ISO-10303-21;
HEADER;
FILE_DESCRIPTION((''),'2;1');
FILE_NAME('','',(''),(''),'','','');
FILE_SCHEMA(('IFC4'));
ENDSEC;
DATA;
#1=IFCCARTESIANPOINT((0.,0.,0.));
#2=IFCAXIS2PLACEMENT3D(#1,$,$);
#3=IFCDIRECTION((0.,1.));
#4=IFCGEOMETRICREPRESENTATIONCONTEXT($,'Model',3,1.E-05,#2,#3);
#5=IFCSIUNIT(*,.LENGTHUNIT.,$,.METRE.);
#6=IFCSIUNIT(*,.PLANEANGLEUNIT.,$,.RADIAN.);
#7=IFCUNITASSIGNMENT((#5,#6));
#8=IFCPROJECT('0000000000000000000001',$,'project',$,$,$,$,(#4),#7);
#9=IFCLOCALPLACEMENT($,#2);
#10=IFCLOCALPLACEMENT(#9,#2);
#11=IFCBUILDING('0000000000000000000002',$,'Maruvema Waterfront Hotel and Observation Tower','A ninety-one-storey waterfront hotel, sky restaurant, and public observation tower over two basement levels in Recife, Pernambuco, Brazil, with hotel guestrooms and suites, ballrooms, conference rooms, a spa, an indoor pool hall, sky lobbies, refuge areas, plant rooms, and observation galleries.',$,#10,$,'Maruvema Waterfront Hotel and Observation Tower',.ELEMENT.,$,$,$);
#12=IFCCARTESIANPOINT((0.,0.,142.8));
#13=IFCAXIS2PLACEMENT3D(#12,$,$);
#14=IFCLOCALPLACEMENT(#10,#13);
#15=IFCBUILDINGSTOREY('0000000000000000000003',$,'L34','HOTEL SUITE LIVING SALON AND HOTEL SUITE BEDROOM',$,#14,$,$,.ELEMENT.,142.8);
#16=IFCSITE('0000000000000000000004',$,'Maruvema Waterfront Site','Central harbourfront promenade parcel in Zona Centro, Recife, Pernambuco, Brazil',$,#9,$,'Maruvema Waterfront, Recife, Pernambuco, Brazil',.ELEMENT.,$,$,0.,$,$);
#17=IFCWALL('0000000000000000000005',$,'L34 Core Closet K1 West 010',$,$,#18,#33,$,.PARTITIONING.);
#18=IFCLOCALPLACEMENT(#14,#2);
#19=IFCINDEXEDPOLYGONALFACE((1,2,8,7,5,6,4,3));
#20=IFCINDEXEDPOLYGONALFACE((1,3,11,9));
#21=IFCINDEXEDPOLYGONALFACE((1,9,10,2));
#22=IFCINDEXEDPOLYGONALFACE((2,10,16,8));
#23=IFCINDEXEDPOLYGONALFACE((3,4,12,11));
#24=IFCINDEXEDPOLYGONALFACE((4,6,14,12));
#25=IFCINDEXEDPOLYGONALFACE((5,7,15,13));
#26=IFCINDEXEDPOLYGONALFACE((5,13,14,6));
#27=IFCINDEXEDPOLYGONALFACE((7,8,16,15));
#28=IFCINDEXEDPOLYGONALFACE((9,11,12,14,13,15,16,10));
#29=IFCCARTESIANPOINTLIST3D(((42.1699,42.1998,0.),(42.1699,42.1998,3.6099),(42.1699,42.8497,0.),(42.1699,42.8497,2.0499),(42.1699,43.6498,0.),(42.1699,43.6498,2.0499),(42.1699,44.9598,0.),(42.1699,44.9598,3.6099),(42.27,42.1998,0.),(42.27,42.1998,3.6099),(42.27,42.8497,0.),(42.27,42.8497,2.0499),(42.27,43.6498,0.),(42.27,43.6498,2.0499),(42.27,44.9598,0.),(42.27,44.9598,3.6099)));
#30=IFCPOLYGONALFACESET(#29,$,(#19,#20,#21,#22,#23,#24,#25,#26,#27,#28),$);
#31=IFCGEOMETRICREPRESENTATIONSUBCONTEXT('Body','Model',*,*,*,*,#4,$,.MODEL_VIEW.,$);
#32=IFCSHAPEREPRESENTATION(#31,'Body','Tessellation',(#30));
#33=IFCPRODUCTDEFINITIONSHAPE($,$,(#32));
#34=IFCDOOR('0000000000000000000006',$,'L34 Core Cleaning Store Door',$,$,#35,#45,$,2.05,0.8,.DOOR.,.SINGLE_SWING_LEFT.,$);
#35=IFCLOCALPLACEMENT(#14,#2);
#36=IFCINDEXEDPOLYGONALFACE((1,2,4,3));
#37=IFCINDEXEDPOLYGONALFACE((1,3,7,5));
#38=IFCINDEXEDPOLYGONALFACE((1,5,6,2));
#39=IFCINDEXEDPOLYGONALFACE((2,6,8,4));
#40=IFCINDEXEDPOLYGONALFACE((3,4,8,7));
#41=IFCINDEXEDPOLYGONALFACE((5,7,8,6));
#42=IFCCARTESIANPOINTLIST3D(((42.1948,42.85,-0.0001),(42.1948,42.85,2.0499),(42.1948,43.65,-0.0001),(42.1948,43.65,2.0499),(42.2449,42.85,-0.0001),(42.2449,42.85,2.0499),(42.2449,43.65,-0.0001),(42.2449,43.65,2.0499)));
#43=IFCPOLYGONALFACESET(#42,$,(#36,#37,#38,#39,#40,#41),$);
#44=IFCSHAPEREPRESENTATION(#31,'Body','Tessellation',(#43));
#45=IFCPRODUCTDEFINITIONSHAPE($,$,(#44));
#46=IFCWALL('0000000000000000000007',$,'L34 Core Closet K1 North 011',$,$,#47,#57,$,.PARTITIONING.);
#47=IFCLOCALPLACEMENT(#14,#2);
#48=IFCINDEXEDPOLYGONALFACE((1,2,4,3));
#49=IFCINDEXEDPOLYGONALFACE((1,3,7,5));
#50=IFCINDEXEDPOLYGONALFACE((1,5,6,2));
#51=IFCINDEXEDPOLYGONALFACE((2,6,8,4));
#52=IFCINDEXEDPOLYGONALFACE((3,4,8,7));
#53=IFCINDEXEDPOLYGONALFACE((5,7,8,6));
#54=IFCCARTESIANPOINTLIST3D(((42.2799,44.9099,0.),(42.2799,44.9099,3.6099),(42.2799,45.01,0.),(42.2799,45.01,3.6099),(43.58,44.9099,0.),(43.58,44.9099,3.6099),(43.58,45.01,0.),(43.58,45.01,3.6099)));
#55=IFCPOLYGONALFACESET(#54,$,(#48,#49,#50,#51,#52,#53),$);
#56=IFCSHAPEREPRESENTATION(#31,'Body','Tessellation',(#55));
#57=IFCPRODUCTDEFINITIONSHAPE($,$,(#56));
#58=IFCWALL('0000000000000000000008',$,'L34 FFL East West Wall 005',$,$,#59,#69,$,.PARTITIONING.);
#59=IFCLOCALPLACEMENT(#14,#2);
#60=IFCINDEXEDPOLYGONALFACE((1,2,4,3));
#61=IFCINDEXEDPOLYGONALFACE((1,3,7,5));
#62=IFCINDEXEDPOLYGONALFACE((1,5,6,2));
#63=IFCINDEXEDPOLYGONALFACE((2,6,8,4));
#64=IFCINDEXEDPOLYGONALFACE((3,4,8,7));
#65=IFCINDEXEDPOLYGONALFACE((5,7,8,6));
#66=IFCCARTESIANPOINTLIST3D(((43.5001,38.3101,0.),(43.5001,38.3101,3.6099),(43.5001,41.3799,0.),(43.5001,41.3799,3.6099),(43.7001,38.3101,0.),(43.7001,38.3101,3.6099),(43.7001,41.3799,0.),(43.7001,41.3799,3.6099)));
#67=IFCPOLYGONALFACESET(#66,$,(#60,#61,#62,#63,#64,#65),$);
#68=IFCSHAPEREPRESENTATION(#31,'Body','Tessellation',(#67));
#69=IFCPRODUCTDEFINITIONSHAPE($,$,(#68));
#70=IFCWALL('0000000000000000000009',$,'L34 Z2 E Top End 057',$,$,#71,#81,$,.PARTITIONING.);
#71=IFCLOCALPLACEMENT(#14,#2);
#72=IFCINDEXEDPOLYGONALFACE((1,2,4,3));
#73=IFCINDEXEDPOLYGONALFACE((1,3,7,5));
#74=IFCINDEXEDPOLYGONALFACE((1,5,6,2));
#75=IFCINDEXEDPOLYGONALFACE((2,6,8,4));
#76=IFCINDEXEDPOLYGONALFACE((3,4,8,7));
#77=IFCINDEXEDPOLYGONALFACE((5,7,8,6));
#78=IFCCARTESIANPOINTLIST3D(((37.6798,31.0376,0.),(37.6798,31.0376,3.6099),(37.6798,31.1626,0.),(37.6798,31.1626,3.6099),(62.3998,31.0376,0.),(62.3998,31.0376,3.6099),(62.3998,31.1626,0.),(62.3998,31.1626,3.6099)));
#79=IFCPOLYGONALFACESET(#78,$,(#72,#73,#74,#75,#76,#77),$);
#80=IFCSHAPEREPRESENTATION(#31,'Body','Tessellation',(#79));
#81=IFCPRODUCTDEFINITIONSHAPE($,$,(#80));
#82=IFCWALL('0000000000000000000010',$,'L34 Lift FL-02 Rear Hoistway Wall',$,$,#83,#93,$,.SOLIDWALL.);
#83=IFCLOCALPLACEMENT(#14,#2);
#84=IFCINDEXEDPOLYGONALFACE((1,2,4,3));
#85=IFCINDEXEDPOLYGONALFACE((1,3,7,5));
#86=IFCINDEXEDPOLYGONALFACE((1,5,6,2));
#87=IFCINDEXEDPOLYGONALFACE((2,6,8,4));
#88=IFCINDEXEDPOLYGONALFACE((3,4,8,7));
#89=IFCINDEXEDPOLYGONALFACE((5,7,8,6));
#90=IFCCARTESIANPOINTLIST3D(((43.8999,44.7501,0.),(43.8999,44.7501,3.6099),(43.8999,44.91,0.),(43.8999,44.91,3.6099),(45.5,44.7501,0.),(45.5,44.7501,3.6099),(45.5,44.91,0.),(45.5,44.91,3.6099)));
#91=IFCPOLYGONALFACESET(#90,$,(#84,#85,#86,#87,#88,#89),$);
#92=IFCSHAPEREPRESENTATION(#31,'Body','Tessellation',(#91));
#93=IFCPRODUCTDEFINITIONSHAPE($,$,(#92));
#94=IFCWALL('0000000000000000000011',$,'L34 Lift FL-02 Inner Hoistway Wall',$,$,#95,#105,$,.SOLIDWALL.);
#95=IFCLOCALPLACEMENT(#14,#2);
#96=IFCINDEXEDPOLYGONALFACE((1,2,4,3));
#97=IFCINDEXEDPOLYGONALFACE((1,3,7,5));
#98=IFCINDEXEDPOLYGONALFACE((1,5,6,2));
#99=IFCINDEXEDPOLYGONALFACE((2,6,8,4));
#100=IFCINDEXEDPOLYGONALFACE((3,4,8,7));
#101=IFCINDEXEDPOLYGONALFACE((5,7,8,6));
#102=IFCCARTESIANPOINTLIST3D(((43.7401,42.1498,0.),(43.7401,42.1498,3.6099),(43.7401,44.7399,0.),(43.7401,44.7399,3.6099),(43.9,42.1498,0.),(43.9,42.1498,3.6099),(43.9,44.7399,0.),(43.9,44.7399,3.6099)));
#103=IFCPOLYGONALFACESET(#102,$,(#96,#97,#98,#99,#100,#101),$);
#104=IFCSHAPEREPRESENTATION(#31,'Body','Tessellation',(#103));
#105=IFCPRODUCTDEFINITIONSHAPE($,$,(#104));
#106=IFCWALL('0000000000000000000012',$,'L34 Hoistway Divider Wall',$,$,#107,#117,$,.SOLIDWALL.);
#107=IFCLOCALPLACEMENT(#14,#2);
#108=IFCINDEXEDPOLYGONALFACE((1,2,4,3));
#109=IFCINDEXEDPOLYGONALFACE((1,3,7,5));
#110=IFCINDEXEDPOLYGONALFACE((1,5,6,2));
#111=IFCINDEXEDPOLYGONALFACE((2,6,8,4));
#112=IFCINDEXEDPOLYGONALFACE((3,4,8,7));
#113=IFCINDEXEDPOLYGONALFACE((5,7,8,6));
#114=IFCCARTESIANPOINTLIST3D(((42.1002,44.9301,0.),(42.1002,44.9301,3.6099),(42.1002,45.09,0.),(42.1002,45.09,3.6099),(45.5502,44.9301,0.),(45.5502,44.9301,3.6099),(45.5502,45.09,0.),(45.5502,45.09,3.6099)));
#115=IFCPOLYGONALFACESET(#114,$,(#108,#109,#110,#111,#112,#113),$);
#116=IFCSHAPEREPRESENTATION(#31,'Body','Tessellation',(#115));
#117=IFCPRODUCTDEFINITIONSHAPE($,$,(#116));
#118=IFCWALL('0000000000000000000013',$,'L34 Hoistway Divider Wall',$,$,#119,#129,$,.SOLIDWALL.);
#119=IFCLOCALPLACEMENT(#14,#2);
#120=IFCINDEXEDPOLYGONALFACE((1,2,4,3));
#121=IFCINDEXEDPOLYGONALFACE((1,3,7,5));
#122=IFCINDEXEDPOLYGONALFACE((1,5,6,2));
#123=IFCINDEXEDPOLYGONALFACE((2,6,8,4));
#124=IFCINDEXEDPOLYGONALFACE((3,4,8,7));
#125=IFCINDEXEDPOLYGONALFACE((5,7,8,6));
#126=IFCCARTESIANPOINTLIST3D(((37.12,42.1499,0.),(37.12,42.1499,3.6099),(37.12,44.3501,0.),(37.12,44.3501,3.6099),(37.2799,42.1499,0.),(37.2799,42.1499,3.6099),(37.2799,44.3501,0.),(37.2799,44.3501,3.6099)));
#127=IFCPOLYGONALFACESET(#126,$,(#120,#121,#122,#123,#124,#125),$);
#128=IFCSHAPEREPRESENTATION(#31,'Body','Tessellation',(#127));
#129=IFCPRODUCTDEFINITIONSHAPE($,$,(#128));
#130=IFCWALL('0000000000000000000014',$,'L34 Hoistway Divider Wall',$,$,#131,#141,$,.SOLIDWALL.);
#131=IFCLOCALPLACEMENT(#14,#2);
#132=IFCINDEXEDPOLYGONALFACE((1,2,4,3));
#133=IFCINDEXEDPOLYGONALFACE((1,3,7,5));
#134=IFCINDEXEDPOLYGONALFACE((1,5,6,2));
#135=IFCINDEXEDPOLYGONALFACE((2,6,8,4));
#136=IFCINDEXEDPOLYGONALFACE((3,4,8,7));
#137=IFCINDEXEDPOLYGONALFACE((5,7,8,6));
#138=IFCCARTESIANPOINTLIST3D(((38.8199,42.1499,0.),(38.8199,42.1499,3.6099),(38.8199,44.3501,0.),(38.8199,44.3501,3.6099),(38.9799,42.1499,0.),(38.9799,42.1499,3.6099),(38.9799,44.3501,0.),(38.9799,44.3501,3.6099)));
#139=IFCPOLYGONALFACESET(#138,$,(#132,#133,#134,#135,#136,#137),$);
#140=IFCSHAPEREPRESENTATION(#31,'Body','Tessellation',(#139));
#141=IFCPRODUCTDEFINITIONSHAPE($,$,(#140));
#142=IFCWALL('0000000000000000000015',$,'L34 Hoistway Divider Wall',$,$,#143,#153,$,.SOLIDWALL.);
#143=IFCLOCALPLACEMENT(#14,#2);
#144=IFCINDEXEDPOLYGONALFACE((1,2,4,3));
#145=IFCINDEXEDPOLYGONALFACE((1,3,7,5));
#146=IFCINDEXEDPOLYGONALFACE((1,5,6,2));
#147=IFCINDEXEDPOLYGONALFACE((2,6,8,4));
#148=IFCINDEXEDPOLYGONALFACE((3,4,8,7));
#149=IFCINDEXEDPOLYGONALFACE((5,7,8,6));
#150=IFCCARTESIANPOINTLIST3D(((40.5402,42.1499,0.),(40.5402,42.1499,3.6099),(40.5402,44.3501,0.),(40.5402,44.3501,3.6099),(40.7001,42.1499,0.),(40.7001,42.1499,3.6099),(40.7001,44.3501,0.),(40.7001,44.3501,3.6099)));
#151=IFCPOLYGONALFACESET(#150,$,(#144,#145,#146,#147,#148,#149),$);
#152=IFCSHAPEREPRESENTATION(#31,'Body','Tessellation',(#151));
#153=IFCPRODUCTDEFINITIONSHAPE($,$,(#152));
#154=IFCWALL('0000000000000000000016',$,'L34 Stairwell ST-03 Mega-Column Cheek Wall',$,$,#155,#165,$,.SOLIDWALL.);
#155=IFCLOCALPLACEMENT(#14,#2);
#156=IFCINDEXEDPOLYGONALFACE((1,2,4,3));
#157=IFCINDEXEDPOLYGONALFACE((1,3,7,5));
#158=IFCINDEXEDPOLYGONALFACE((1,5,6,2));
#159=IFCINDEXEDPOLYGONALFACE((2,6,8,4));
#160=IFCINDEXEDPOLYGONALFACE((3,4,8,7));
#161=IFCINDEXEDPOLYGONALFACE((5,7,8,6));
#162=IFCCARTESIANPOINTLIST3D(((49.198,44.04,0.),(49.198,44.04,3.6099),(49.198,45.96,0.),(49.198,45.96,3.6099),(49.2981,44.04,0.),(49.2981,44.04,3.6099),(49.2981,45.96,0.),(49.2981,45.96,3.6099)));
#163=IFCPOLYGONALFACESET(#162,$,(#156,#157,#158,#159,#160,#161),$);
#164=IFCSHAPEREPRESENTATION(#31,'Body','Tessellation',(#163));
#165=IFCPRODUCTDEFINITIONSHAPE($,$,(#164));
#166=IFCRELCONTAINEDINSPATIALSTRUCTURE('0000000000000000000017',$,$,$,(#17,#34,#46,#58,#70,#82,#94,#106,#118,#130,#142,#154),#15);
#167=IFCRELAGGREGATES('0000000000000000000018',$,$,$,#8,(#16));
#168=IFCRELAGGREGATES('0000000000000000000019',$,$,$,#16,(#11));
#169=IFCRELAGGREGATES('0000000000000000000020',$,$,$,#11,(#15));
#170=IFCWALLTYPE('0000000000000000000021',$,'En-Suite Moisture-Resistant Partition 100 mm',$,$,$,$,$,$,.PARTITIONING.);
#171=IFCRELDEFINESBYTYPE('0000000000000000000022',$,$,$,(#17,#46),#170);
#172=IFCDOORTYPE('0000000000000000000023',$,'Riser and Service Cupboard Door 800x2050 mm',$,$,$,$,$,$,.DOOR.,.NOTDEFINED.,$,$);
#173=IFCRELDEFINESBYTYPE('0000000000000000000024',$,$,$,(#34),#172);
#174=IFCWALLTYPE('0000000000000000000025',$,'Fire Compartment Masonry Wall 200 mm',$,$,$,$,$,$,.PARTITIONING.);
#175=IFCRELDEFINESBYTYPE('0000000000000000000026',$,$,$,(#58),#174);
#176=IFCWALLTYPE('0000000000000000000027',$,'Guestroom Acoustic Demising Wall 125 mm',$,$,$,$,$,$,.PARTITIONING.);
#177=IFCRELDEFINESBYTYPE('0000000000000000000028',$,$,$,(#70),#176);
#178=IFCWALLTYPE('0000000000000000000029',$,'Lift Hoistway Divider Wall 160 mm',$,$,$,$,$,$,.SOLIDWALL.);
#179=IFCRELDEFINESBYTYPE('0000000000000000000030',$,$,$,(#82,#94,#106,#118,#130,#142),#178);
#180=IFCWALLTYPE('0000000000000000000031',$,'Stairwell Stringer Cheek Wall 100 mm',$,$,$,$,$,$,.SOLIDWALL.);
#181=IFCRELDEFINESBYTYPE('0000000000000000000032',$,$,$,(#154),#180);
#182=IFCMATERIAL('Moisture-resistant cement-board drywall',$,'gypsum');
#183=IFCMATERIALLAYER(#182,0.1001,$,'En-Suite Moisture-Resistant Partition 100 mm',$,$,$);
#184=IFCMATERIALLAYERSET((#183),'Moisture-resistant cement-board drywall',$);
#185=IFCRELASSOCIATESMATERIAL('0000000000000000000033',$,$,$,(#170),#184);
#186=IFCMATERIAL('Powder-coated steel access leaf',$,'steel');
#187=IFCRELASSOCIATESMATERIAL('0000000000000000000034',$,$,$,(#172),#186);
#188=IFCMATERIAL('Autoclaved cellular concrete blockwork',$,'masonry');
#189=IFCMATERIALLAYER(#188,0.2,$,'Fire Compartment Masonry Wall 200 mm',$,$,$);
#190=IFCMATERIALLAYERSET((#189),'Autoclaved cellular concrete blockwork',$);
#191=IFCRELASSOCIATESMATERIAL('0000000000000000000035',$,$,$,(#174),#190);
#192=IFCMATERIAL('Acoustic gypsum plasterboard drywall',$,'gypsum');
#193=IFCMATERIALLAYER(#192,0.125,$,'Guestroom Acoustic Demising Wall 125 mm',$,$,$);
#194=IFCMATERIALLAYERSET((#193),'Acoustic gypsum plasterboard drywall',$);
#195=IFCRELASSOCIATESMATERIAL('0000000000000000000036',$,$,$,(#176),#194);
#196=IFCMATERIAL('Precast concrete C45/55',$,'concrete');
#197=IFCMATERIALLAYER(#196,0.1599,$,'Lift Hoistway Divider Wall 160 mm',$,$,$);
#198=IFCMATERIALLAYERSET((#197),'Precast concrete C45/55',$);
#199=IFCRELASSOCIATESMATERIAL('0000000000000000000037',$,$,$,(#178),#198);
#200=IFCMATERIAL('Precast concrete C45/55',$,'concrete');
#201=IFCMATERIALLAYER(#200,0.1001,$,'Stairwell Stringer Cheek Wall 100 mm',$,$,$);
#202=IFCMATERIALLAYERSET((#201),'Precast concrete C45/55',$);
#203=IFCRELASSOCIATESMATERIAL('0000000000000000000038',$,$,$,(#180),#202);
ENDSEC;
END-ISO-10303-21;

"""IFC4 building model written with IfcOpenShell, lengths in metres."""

from ifc_helpers import new_model, si_unit, direction, frame, frame_2d, origin, place, context, subcontext, project, spatial, rectangle, extrude, material, layer, layer_set, type_object, element, fill, save


model = new_model("IFC4")

# Units and contexts
model_context = context("Model", 3, precision=1e-05, world=origin(), true_north=direction((0.0, 1.0)))
body_context = subcontext(model_context, "Body", "Model", "MODEL_VIEW")
ifc_project = project(units=[si_unit("LENGTHUNIT", "METRE"), si_unit("PLANEANGLEUNIT", "RADIAN")], contexts=[model_context])

# Site, building, storey
site_placement = place(None, origin())
site = spatial("IfcSite", under=ifc_project, at=site_placement, Name="Maruvema Waterfront Site", Description="Central harbourfront promenade parcel in Zona Centro, Recife, Pernambuco, Brazil", LongName="Maruvema Waterfront, Recife, Pernambuco, Brazil", CompositionType="ELEMENT", RefElevation=0.0)
building_placement = place(site_placement, origin())
building = spatial("IfcBuilding", under=site, at=building_placement, Name="Maruvema Waterfront Hotel and Observation Tower", Description="A ninety-one-storey waterfront hotel, sky restaurant, and public observation tower over two basement levels in Recife, Pernambuco, Brazil, with hotel guestrooms and suites, ballrooms, conference rooms, a spa, an indoor pool hall, sky lobbies, refuge areas, plant rooms, and observation galleries.", LongName="Maruvema Waterfront Hotel and Observation Tower", CompositionType="ELEMENT")
storey_placement = place(building_placement, frame((0.0, 0.0, 142.8)))
storey = spatial("IfcBuildingStorey", under=building, at=storey_placement, Name="L34", Description="HOTEL SUITE LIVING SALON AND HOTEL SUITE BEDROOM", CompositionType="ELEMENT", Elevation=142.8)

# Wall, opening, door
ifc_material_1 = material(Name="Moisture-resistant cement-board drywall", Category="gypsum")
ifc_layer_1 = layer(ifc_material_1, 0.1001, Name="En-Suite Moisture-Resistant Partition 100 mm")
ifc_layer_set_1 = layer_set([ifc_layer_1], Name="Moisture-resistant cement-board drywall")
wall_type_1 = type_object("IfcWallType", Name="En-Suite Moisture-Resistant Partition 100 mm", PredefinedType="PARTITIONING", material=ifc_layer_set_1)
wall_1_placement = place(storey_placement, frame((42.22, 42.2, 0.0), z_axis=(0.0, 0.0, 1.0), x_axis=(0.0, 1.0, 0.0)))
wall_1 = element("IfcWall", 1, at=wall_1_placement, inside=storey, type_object=wall_type_1, Name="L34 Core Closet K1 West 010", PredefinedType="PARTITIONING", context=body_context, shape_type="SweptSolid", body=[
    extrude(rectangle(XDim=2.76, YDim=0.1001, at=frame_2d((1.3799, 0.0))), origin(), (0.0, 0.0, 1.0), 3.6099),
])
opening_1_placement = place(wall_1_placement, frame((0.6499, 0.0, 0.0)))
opening_1 = element("IfcOpeningElement", 2, at=opening_1_placement, cuts=wall_1, PredefinedType="OPENING", context=body_context, shape_type="SweptSolid", body=[
    extrude(rectangle(XDim=0.8, YDim=2.05, at=frame_2d((0.3999, 1.0249))), frame((0.0, 0.0601, 0.0), z_axis=(0.0, -1.0, 0.0), x_axis=(1.0, 0.0, 0.0)), (0.0, 0.0, 1.0), 0.1201),
])
ifc_material_2 = material(Name="Powder-coated steel access leaf", Category="steel")
door_type_1 = type_object("IfcDoorType", Name="Riser and Service Cupboard Door 800x2050 mm", OperationType="NOTDEFINED", PredefinedType="DOOR", material=ifc_material_2)
door_1_placement = place(opening_1_placement, frame((0.8, 0.0, 0.0), z_axis=(0.0, 0.0, 1.0), x_axis=(-1.0, 0.0, 0.0)))
door_1 = element("IfcDoor", 3, at=door_1_placement, inside=storey, type_object=door_type_1, Name="L34 Core Cleaning Store Door", OperationType="SINGLE_SWING_LEFT", OverallHeight=2.05, OverallWidth=0.8, PredefinedType="DOOR", context=body_context, shape_type="SweptSolid", body=[
    extrude(rectangle(XDim=0.8, YDim=2.05, at=frame_2d((0.3999, 1.0249))), frame((0.0, 0.0249, 0.0), z_axis=(0.0, -1.0, 0.0), x_axis=(1.0, 0.0, 0.0)), (0.0, 0.0, 1.0), 0.05),
])
fill(opening_1, door_1)

# Wall
wall_2_placement = place(storey_placement, frame((42.28, 44.96, 0.0), z_axis=(0.0, 0.0, 1.0), x_axis=(1.0, 0.0, 0.0)))
element("IfcWall", 4, at=wall_2_placement, inside=storey, type_object=wall_type_1, Name="L34 Core Closet K1 North 011", PredefinedType="PARTITIONING", context=body_context, shape_type="SweptSolid", body=[
    extrude(rectangle(XDim=1.3, YDim=0.1001, at=frame_2d((0.6499, 0.0))), origin(), (0.0, 0.0, 1.0), 3.6099),
])

# Shared definitions
ifc_material_3 = material(Name="Autoclaved cellular concrete blockwork", Category="masonry")
ifc_layer_2 = layer(ifc_material_3, 0.2, Name="Fire Compartment Masonry Wall 200 mm")
ifc_layer_set_2 = layer_set([ifc_layer_2], Name="Autoclaved cellular concrete blockwork")
wall_type_2 = type_object("IfcWallType", Name="Fire Compartment Masonry Wall 200 mm", PredefinedType="PARTITIONING", material=ifc_layer_set_2)

# Walls
wall_3_placement = place(storey_placement, frame((43.6001, 38.3101, 0.0), z_axis=(0.0, 0.0, 1.0), x_axis=(0.0, 1.0, 0.0)))
element("IfcWall", 5, at=wall_3_placement, inside=storey, type_object=wall_type_2, Name="L34 FFL East West Wall 005", PredefinedType="PARTITIONING", context=body_context, shape_type="SweptSolid", body=[
    extrude(rectangle(XDim=3.0698, YDim=0.2, at=frame_2d((1.5349, 0.0))), origin(), (0.0, 0.0, 1.0), 3.6099),
])
ifc_material_4 = material(Name="Acoustic gypsum plasterboard drywall", Category="gypsum")
ifc_layer_3 = layer(ifc_material_4, 0.125, Name="Guestroom Acoustic Demising Wall 125 mm")
ifc_layer_set_3 = layer_set([ifc_layer_3], Name="Acoustic gypsum plasterboard drywall")
wall_type_3 = type_object("IfcWallType", Name="Guestroom Acoustic Demising Wall 125 mm", PredefinedType="PARTITIONING", material=ifc_layer_set_3)
wall_4_placement = place(storey_placement, frame((37.6799, 31.1001, 0.0), z_axis=(0.0, 0.0, 1.0), x_axis=(1.0, 0.0, 0.0)))
element("IfcWall", 6, at=wall_4_placement, inside=storey, type_object=wall_type_3, Name="L34 Z2 E Top End 057", PredefinedType="PARTITIONING", context=body_context, shape_type="SweptSolid", body=[
    extrude(rectangle(XDim=24.72, YDim=0.125, at=frame_2d((12.3599, 0.0))), origin(), (0.0, 0.0, 1.0), 3.6099),
])
ifc_material_5 = material(Name="Precast concrete C45/55", Category="concrete")
ifc_layer_4 = layer(ifc_material_5, 0.1599, Name="Lift Hoistway Divider Wall 160 mm")
ifc_layer_set_4 = layer_set([ifc_layer_4], Name="Precast concrete C45/55")
wall_type_4 = type_object("IfcWallType", Name="Lift Hoistway Divider Wall 160 mm", PredefinedType="SOLIDWALL", material=ifc_layer_set_4)
wall_5_placement = place(storey_placement, frame((43.8999, 44.8301, 0.0), z_axis=(0.0, 0.0, 1.0), x_axis=(1.0, 0.0, 0.0)))
element("IfcWall", 7, at=wall_5_placement, inside=storey, type_object=wall_type_4, Name="L34 Lift FL-02 Rear Hoistway Wall", PredefinedType="SOLIDWALL", context=body_context, shape_type="SweptSolid", body=[
    extrude(rectangle(XDim=1.6001, YDim=0.1599, at=frame_2d((0.8, 0.0))), origin(), (0.0, 0.0, 1.0), 3.6099),
])
wall_6_placement = place(storey_placement, frame((43.8201, 42.1499, 0.0), z_axis=(0.0, 0.0, 1.0), x_axis=(0.0, 1.0, 0.0)))
element("IfcWall", 8, at=wall_6_placement, inside=storey, type_object=wall_type_4, Name="L34 Lift FL-02 Inner Hoistway Wall", PredefinedType="SOLIDWALL", context=body_context, shape_type="SweptSolid", body=[
    extrude(rectangle(XDim=2.5901, YDim=0.1599, at=frame_2d((1.2949, 0.0))), origin(), (0.0, 0.0, 1.0), 3.6099),
])
wall_7_placement = place(storey_placement, frame((42.1001, 45.01, 0.0), z_axis=(0.0, 0.0, 1.0), x_axis=(1.0, 0.0, 0.0)))
element("IfcWall", 9, at=wall_7_placement, inside=storey, type_object=wall_type_4, Name="L34 Hoistway Divider Wall", PredefinedType="SOLIDWALL", context=body_context, shape_type="SweptSolid", body=[
    extrude(rectangle(XDim=3.45, YDim=0.1599, at=frame_2d((1.7251, 0.0))), origin(), (0.0, 0.0, 1.0), 3.6099),
])
for number, where, z_axis, x_axis, name in (
    (10, (37.2, 42.1499, 0.0), (0.0, 0.0, 1.0), (0.0, 1.0, 0.0), "L34 Hoistway Divider Wall"),
    (11, (38.8999, 42.1499, 0.0), (0.0, 0.0, 1.0), (0.0, 1.0, 0.0), "L34 Hoistway Divider Wall"),
    (12, (40.6201, 42.1499, 0.0), (0.0, 0.0, 1.0), (0.0, 1.0, 0.0), "L34 Hoistway Divider Wall"),
):
    element("IfcWall", number, at=place(storey_placement, frame(where, z_axis=z_axis, x_axis=x_axis)), inside=storey, type_object=wall_type_4, Name=name, PredefinedType="SOLIDWALL", context=body_context, shape_type="SweptSolid", body=[
        extrude(rectangle(XDim=2.2002, YDim=0.1599, at=frame_2d((1.1001, 0.0))), origin(), (0.0, 0.0, 1.0), 3.6099),
    ])
ifc_material_6 = material(Name="Precast concrete C45/55", Category="concrete")
ifc_layer_5 = layer(ifc_material_6, 0.1001, Name="Stairwell Stringer Cheek Wall 100 mm")
ifc_layer_set_5 = layer_set([ifc_layer_5], Name="Precast concrete C45/55")
wall_type_5 = type_object("IfcWallType", Name="Stairwell Stringer Cheek Wall 100 mm", PredefinedType="SOLIDWALL", material=ifc_layer_set_5)
wall_8_placement = place(storey_placement, frame((49.248, 44.04, 0.0), z_axis=(0.0, 0.0, 1.0), x_axis=(0.0, 1.0, 0.0)))
element("IfcWall", 13, at=wall_8_placement, inside=storey, type_object=wall_type_5, Name="L34 Stairwell ST-03 Mega-Column Cheek Wall", PredefinedType="SOLIDWALL", context=body_context, shape_type="SweptSolid", body=[
    extrude(rectangle(XDim=1.9199, YDim=0.1001, at=frame_2d((0.96, 0.0))), origin(), (0.0, 0.0, 1.0), 3.6099),
])

save(model, "model.ifc")
